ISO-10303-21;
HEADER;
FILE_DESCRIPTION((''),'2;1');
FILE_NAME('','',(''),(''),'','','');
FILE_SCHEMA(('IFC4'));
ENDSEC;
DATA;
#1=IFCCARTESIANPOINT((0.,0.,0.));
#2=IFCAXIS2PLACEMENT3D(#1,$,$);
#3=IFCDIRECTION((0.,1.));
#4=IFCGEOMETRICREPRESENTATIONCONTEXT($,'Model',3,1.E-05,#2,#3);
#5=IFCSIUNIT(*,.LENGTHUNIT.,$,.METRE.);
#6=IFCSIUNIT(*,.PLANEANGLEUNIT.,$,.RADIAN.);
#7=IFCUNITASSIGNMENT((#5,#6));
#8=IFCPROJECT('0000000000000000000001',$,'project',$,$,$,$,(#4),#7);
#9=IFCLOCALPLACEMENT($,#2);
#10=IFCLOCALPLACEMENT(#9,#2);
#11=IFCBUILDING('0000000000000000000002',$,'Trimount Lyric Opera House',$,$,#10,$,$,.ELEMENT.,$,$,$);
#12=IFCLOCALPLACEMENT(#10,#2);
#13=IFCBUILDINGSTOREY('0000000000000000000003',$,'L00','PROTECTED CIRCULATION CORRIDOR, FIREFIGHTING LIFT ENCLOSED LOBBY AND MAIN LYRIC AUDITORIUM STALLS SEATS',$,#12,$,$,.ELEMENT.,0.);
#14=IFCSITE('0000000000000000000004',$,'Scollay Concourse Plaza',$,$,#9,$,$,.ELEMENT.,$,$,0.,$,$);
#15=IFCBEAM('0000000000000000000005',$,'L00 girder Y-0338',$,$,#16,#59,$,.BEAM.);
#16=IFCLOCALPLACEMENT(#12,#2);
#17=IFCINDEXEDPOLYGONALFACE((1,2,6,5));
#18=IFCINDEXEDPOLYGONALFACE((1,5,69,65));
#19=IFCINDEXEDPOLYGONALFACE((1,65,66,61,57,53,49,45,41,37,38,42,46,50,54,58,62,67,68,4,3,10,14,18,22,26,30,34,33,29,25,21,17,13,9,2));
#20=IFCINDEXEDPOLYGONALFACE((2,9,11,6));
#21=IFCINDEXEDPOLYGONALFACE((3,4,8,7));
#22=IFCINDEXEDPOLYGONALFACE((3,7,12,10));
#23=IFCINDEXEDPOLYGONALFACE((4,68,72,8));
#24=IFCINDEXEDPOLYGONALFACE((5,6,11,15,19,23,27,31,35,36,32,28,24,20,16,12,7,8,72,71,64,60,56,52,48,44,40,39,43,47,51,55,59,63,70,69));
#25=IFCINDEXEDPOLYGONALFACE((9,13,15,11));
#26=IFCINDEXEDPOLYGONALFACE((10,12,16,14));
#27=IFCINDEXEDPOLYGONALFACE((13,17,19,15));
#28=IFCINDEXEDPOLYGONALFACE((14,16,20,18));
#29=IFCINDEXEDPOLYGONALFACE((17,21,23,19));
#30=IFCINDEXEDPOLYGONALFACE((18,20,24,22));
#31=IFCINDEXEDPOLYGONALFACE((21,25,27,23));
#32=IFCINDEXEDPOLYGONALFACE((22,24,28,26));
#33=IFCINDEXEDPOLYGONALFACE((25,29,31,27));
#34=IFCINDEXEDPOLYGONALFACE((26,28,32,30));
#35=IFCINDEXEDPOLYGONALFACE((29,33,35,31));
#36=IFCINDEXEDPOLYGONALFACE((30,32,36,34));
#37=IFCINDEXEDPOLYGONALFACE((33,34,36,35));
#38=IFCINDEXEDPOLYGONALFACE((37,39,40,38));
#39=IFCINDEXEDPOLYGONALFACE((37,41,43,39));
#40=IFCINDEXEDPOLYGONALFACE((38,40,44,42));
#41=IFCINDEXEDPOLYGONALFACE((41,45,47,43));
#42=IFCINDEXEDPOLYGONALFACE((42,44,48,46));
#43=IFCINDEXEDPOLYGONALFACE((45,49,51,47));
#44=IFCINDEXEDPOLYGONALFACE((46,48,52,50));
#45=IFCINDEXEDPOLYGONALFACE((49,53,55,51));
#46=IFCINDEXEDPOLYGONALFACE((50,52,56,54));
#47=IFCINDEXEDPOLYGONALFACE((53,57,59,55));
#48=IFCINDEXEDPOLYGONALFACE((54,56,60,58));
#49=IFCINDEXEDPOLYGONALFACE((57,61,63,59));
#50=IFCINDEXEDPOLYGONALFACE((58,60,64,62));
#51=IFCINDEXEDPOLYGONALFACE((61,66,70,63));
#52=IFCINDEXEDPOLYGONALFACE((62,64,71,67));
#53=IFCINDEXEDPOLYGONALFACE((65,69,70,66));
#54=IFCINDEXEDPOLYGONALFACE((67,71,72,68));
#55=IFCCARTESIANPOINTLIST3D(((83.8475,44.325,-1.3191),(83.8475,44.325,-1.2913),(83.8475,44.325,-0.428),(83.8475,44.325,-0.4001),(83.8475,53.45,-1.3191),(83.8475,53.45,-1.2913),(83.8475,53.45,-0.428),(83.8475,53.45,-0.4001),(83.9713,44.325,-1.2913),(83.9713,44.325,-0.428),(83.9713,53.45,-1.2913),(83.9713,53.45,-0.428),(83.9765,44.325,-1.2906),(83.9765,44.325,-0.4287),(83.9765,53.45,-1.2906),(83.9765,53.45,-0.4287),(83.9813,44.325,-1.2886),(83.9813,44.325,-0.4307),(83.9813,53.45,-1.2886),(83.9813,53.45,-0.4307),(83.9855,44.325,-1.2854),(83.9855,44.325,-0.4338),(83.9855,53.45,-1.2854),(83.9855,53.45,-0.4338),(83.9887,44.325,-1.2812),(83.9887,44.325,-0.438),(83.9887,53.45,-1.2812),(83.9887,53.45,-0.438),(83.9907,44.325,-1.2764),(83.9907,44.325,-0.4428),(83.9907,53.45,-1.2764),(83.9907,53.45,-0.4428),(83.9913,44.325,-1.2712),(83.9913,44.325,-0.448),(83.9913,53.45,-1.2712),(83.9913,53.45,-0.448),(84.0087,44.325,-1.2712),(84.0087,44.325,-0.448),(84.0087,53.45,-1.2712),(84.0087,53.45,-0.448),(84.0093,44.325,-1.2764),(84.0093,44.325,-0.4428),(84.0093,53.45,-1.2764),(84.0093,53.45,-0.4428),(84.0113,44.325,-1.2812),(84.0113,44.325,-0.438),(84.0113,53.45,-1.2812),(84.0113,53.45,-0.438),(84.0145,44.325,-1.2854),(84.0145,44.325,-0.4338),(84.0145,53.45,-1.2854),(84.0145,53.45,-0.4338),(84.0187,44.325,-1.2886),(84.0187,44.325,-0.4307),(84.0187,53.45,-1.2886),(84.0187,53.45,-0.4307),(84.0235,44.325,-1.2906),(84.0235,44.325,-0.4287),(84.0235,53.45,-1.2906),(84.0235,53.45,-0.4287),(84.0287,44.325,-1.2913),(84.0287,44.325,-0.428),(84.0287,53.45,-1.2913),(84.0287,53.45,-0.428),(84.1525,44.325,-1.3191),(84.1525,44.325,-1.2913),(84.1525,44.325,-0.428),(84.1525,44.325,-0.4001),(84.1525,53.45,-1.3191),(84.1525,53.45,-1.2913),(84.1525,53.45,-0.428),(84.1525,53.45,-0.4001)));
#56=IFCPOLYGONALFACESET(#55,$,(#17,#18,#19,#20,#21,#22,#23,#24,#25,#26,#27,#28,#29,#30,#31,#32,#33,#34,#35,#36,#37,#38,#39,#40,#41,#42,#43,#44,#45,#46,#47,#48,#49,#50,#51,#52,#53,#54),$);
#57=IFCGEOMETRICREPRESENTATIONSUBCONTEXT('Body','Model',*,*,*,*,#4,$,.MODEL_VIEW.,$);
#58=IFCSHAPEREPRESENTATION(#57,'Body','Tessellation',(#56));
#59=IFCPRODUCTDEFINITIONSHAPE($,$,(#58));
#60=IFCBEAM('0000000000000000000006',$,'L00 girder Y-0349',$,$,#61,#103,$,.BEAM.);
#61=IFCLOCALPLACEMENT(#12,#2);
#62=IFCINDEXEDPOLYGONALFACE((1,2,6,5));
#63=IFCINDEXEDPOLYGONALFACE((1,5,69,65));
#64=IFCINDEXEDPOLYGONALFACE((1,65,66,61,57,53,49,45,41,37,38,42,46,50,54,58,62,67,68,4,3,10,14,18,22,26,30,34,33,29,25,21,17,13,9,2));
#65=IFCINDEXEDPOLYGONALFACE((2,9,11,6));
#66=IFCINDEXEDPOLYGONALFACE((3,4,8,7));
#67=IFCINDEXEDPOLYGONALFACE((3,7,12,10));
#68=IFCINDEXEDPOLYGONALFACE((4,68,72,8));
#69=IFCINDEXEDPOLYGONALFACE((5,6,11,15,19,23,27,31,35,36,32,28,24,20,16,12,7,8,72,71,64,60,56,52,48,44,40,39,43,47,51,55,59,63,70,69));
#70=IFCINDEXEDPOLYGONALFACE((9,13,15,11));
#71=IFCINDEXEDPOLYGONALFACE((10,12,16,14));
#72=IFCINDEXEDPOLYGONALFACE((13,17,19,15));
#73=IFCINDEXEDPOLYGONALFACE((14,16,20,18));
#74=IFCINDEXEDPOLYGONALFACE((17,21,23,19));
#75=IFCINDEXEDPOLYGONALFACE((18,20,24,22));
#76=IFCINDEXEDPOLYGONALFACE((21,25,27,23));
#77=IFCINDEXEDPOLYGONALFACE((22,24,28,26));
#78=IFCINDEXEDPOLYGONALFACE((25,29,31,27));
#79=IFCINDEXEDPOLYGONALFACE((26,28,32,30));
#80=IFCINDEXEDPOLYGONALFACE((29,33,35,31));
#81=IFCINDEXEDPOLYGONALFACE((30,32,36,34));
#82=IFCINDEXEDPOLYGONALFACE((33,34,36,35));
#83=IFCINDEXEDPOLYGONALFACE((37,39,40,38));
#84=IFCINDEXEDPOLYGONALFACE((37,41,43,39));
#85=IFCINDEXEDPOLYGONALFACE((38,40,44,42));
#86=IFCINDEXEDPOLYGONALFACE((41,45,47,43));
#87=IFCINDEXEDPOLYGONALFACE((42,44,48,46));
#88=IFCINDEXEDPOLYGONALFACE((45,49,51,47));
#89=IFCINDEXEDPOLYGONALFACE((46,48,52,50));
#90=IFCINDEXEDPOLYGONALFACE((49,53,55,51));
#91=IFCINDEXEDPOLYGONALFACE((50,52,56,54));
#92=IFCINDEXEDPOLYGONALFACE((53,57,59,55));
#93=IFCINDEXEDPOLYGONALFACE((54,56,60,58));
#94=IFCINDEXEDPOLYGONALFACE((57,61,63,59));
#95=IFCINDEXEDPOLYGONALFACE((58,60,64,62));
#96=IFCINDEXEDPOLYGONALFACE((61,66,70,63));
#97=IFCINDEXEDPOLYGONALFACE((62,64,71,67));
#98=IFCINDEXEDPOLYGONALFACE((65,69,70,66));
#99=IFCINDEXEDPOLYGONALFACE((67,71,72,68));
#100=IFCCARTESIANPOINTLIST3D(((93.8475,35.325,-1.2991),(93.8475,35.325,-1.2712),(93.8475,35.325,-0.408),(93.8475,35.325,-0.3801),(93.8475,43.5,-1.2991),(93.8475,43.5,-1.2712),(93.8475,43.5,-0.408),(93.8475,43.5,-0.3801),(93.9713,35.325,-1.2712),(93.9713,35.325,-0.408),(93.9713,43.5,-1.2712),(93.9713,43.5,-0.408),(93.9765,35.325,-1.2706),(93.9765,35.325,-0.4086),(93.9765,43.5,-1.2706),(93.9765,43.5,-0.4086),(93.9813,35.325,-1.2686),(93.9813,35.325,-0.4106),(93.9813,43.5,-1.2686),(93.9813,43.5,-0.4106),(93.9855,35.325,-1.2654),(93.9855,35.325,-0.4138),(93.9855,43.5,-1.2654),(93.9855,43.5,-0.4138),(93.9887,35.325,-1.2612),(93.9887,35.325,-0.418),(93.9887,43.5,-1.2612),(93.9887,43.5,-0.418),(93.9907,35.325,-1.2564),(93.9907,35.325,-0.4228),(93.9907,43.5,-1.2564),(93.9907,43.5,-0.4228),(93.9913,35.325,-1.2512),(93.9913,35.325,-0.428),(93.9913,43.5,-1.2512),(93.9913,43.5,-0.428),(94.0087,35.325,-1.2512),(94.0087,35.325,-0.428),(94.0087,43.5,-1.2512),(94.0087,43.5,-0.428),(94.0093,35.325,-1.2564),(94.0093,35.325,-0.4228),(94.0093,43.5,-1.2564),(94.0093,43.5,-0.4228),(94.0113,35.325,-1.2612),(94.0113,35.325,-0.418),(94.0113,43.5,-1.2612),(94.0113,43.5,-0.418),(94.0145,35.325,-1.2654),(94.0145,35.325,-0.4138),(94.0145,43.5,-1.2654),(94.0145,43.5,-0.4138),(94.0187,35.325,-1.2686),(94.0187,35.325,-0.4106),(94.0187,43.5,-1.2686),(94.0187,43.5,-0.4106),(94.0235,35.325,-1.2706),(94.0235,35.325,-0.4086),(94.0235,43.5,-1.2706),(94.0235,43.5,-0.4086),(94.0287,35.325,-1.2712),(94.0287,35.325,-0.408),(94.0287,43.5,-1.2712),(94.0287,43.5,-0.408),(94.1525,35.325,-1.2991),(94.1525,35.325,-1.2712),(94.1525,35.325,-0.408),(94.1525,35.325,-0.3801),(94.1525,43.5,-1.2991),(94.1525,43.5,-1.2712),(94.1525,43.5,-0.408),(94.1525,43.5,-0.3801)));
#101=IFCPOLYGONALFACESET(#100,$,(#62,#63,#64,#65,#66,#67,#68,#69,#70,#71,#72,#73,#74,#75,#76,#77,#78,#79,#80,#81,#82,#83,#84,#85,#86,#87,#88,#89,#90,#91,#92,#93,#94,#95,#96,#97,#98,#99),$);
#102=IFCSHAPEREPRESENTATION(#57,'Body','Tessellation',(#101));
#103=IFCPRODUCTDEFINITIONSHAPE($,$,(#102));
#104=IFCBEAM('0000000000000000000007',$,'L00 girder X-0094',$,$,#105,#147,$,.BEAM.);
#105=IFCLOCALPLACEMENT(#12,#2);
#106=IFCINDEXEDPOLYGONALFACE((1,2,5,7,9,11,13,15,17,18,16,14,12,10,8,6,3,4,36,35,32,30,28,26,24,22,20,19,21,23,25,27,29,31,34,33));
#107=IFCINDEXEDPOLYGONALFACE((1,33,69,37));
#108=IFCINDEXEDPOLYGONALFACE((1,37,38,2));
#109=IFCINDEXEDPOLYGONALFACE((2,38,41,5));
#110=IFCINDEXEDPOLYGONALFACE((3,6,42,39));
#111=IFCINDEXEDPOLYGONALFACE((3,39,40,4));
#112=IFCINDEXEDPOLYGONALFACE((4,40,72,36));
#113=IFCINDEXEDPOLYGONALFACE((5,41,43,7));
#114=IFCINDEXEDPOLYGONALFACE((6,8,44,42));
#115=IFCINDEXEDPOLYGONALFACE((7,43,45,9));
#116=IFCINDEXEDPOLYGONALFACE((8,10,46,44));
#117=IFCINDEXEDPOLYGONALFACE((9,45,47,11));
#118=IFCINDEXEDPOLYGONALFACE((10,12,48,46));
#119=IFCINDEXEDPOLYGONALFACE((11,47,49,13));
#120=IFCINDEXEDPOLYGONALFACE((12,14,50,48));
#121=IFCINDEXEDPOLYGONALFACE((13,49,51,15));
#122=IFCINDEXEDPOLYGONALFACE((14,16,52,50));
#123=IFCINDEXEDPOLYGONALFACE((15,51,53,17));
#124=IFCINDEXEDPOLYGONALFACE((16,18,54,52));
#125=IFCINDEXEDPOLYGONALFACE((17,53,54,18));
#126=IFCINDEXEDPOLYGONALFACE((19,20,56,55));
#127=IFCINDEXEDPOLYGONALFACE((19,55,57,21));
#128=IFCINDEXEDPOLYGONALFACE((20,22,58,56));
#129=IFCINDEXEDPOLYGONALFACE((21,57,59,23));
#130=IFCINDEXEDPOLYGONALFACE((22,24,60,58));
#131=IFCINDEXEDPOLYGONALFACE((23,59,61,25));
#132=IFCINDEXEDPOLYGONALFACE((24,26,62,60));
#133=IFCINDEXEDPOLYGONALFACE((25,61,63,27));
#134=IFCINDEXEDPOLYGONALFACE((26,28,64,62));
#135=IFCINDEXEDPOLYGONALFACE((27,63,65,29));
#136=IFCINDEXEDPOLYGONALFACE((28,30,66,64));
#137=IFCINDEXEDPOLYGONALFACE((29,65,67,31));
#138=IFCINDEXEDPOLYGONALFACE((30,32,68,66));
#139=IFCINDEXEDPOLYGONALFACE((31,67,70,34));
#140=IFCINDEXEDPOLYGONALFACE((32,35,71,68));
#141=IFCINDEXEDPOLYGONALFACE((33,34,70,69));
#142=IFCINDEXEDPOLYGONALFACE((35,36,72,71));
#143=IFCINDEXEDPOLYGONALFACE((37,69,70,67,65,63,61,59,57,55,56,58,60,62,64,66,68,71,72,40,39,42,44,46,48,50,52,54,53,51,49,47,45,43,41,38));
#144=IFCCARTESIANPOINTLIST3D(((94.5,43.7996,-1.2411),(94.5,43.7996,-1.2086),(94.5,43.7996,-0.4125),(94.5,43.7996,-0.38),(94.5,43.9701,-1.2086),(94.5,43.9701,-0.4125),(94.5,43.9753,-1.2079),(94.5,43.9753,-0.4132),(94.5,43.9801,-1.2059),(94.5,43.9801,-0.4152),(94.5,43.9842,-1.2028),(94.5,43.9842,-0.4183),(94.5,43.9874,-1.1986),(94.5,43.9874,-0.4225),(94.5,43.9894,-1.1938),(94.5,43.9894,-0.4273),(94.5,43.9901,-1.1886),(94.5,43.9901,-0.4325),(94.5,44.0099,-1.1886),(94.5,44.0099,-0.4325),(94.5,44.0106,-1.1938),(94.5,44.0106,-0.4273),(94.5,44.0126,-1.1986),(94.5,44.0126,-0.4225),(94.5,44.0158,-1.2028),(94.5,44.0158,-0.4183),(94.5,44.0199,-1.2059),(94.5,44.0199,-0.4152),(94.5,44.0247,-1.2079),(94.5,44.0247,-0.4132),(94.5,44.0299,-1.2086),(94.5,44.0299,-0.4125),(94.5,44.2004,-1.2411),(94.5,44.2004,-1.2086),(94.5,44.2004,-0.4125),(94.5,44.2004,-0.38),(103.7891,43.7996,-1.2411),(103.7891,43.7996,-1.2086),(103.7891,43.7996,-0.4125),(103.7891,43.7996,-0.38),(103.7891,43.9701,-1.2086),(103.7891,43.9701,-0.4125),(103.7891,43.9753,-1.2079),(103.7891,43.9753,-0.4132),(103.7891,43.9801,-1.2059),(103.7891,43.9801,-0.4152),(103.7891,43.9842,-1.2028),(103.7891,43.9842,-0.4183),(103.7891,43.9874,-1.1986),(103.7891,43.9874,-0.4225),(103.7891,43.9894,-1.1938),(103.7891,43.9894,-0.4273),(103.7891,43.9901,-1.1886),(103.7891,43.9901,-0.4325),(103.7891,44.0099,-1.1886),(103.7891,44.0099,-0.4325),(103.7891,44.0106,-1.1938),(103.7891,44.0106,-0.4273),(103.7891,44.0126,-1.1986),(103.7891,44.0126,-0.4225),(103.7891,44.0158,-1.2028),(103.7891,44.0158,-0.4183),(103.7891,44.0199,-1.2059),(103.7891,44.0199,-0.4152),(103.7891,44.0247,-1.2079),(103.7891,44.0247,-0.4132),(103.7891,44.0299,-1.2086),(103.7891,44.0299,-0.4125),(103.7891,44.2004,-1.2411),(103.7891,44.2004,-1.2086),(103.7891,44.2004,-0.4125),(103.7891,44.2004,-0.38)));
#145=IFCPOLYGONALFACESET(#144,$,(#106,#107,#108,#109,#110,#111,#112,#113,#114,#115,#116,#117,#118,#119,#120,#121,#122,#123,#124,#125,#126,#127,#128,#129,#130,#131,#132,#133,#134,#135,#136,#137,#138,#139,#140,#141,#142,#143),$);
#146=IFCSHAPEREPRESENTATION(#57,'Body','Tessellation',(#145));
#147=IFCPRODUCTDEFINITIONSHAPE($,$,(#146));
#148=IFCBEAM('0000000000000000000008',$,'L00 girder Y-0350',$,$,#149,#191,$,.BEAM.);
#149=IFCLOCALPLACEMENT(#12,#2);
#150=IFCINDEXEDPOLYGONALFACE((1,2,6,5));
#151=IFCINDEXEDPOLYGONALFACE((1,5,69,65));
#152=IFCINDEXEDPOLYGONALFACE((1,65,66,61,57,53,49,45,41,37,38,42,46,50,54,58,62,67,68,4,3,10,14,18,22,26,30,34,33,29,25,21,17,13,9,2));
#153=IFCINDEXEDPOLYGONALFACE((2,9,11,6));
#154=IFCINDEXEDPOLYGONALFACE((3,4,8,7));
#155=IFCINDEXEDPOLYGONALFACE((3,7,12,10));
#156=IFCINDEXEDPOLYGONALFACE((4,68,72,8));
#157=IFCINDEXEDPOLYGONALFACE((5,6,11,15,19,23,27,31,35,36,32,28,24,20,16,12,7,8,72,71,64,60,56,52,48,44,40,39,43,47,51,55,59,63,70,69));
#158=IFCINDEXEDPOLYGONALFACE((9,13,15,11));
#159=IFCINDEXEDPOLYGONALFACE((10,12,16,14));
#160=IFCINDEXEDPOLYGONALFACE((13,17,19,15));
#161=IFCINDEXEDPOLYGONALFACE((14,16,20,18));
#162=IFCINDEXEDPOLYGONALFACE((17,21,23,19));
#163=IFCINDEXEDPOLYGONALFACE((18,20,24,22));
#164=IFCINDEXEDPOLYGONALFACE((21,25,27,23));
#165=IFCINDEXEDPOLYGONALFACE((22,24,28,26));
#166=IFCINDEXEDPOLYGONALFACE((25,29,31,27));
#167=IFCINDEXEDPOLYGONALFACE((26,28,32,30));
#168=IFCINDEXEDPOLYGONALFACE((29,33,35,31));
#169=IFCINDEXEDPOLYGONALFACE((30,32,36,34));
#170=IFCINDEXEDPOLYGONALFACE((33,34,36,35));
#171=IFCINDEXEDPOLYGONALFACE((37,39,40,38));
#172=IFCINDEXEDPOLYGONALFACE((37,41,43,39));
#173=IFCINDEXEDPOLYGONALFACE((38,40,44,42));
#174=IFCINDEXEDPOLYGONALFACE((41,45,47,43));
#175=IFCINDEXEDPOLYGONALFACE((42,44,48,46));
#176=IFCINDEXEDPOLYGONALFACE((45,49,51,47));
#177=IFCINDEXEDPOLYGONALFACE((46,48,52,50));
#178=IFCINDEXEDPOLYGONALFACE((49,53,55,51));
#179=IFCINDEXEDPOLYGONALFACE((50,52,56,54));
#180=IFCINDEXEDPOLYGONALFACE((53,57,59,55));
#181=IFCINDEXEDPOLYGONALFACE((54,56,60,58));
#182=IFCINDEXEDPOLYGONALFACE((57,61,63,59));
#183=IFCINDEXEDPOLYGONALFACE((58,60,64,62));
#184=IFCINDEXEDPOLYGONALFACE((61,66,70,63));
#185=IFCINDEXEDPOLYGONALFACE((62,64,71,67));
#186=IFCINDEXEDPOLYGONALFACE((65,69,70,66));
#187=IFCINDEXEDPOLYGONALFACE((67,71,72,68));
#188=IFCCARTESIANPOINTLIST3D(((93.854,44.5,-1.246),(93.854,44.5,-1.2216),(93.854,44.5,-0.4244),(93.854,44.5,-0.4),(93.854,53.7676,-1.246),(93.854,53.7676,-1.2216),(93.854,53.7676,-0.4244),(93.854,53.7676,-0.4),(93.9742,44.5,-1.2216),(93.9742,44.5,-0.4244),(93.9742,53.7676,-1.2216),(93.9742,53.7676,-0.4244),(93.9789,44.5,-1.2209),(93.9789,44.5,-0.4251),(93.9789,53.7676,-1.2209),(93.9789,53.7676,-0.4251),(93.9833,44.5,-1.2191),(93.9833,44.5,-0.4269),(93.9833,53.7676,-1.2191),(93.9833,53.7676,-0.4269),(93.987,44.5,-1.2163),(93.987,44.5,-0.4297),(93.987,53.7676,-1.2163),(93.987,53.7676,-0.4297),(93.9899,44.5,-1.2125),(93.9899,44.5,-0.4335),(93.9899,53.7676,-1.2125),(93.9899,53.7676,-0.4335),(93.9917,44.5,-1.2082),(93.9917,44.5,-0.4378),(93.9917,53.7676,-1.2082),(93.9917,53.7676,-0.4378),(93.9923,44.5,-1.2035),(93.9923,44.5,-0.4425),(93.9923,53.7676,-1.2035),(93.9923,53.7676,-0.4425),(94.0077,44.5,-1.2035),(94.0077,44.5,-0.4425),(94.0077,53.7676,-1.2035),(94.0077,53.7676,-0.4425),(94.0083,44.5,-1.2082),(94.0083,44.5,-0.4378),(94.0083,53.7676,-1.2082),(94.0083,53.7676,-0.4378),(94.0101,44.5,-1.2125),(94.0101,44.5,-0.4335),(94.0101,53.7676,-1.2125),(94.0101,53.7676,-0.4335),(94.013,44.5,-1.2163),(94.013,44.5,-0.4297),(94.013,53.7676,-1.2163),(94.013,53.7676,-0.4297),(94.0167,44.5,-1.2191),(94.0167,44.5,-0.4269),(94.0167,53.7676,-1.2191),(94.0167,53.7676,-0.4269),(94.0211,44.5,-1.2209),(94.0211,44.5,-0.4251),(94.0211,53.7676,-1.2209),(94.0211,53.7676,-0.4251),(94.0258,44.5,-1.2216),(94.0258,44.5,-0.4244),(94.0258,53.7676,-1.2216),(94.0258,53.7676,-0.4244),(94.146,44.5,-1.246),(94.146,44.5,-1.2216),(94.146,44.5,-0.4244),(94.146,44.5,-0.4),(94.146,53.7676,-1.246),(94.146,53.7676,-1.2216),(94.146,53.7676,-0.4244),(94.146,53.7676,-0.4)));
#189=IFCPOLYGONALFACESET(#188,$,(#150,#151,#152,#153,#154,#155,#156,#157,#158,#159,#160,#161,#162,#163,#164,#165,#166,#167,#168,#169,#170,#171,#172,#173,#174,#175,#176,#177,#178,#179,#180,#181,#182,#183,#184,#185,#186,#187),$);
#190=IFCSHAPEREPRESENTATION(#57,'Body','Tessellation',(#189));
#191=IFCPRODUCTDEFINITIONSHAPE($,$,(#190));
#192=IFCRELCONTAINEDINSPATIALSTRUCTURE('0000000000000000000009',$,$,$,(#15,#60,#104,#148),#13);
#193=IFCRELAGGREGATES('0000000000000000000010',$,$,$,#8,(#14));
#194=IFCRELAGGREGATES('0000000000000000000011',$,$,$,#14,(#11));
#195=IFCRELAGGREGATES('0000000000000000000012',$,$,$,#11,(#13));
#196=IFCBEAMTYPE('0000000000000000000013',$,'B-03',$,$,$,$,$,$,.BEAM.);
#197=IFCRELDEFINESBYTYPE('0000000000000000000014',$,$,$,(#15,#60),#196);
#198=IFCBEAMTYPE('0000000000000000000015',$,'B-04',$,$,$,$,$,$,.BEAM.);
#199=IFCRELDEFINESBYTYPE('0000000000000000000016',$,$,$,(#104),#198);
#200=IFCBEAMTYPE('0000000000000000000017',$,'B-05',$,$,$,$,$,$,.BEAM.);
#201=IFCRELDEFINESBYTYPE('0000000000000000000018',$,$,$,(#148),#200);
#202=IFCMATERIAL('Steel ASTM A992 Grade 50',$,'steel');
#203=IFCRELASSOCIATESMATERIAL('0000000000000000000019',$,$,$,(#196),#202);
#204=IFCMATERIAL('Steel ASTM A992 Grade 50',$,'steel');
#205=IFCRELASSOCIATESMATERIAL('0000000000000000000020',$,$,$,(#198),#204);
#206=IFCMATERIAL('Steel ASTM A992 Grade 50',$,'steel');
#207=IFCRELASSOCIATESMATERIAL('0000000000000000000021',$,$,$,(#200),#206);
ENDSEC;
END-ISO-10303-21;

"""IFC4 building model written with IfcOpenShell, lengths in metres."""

from ifc_helpers import new_model, si_unit, direction, frame, origin, origin_2d, place, context, subcontext, project, spatial, i_section, extrude, material, material_profile, profile_set, type_object, element, save


model = new_model("IFC4")

# Units and contexts
model_context = context("Model", 3, precision=1e-05, world=origin(), true_north=direction((0.0, 1.0)))
body_context = subcontext(model_context, "Body", "Model", "MODEL_VIEW")
ifc_project = project(units=[si_unit("LENGTHUNIT", "METRE"), si_unit("PLANEANGLEUNIT", "RADIAN")], contexts=[model_context])

# Site, building, storey
site_placement = place(None, origin())
site = spatial("IfcSite", under=ifc_project, at=site_placement, Name="Scollay Concourse Plaza", CompositionType="ELEMENT", RefElevation=0.0)
building_placement = place(site_placement, origin())
building = spatial("IfcBuilding", under=site, at=building_placement, Name="Trimount Lyric Opera House", CompositionType="ELEMENT")
storey_placement = place(building_placement, origin())
storey = spatial("IfcBuildingStorey", under=building, at=storey_placement, Name="L00", Description="PROTECTED CIRCULATION CORRIDOR, FIREFIGHTING LIFT ENCLOSED LOBBY AND MAIN LYRIC AUDITORIUM STALLS SEATS", CompositionType="ELEMENT", Elevation=0.0)

# Beams
ifc_material_1 = material(Name="Steel ASTM A992 Grade 50", Category="steel")
ifc_material_profile_1 = material_profile(ifc_material_1, i_section(OverallWidth=0.3049, OverallDepth=0.9189, WebThickness=0.0173, FlangeThickness=0.0278, FilletRadius=0.02, at=origin_2d()), Name="W36X170")
ifc_profile_set_1 = profile_set([ifc_material_profile_1], Name="Steel ASTM A992 Grade 50")
beam_type_1 = type_object("IfcBeamType", Name="B-03", PredefinedType="BEAM", material=ifc_profile_set_1)
beam_1_placement = place(storey_placement, frame((84.0, 44.325, -0.8596), z_axis=(0.0, 1.0, 0.0), x_axis=(-1.0, 0.0, 0.0)))
element("IfcBeam", 1, at=beam_1_placement, inside=storey, type_object=beam_type_1, Name="L00 girder Y-0338", PredefinedType="BEAM", context=body_context, shape_type="SweptSolid", body=[
    extrude(i_section(OverallWidth=0.3049, OverallDepth=0.9189, WebThickness=0.0173, FlangeThickness=0.0278, FilletRadius=0.02, at=origin_2d()), origin(), (0.0, 0.0, 1.0), 9.125),
])
beam_2_placement = place(storey_placement, frame((94.0, 35.325, -0.8396), z_axis=(0.0, 1.0, 0.0), x_axis=(-1.0, 0.0, 0.0)))
element("IfcBeam", 2, at=beam_2_placement, inside=storey, type_object=beam_type_1, Name="L00 girder Y-0349", PredefinedType="BEAM", context=body_context, shape_type="SweptSolid", body=[
    extrude(i_section(OverallWidth=0.3049, OverallDepth=0.9189, WebThickness=0.0173, FlangeThickness=0.0278, FilletRadius=0.02, at=origin_2d()), origin(), (0.0, 0.0, 1.0), 8.175),
])
ifc_material_2 = material(Name="Steel ASTM A992 Grade 50", Category="steel")
ifc_material_profile_2 = material_profile(ifc_material_2, i_section(OverallWidth=0.4009, OverallDepth=0.8611, WebThickness=0.0198, FlangeThickness=0.0325, FilletRadius=0.02, at=origin_2d()), Name="W33X221")
ifc_profile_set_2 = profile_set([ifc_material_profile_2], Name="Steel ASTM A992 Grade 50")
beam_type_2 = type_object("IfcBeamType", Name="B-04", PredefinedType="BEAM", material=ifc_profile_set_2)
beam_3_placement = place(storey_placement, frame((94.5, 44.0, -0.8105), z_axis=(1.0, 0.0, 0.0), x_axis=(0.0, 1.0, 0.0)))
element("IfcBeam", 3, at=beam_3_placement, inside=storey, type_object=beam_type_2, Name="L00 girder X-0094", PredefinedType="BEAM", context=body_context, shape_type="SweptSolid", body=[
    extrude(i_section(OverallWidth=0.4009, OverallDepth=0.8611, WebThickness=0.0198, FlangeThickness=0.0325, FilletRadius=0.02, at=origin_2d()), origin(), (0.0, 0.0, 1.0), 9.2891),
])
ifc_material_3 = material(Name="Steel ASTM A992 Grade 50", Category="steel")
ifc_material_profile_3 = material_profile(ifc_material_3, i_section(OverallWidth=0.292, OverallDepth=0.8459, WebThickness=0.0154, FlangeThickness=0.0244, FilletRadius=0.0181, at=origin_2d()), Name="W33X141")
ifc_profile_set_3 = profile_set([ifc_material_profile_3], Name="Steel ASTM A992 Grade 50")
beam_type_3 = type_object("IfcBeamType", Name="B-05", PredefinedType="BEAM", material=ifc_profile_set_3)
beam_4_placement = place(storey_placement, frame((94.0, 44.5, -0.823), z_axis=(0.0, 1.0, 0.0), x_axis=(-1.0, 0.0, 0.0)))
element("IfcBeam", 4, at=beam_4_placement, inside=storey, type_object=beam_type_3, Name="L00 girder Y-0350", PredefinedType="BEAM", context=body_context, shape_type="SweptSolid", body=[
    extrude(i_section(OverallWidth=0.292, OverallDepth=0.8459, WebThickness=0.0154, FlangeThickness=0.0244, FilletRadius=0.0181, at=origin_2d()), origin(), (0.0, 0.0, 1.0), 9.2676),
])

save(model, "model.ifc")
